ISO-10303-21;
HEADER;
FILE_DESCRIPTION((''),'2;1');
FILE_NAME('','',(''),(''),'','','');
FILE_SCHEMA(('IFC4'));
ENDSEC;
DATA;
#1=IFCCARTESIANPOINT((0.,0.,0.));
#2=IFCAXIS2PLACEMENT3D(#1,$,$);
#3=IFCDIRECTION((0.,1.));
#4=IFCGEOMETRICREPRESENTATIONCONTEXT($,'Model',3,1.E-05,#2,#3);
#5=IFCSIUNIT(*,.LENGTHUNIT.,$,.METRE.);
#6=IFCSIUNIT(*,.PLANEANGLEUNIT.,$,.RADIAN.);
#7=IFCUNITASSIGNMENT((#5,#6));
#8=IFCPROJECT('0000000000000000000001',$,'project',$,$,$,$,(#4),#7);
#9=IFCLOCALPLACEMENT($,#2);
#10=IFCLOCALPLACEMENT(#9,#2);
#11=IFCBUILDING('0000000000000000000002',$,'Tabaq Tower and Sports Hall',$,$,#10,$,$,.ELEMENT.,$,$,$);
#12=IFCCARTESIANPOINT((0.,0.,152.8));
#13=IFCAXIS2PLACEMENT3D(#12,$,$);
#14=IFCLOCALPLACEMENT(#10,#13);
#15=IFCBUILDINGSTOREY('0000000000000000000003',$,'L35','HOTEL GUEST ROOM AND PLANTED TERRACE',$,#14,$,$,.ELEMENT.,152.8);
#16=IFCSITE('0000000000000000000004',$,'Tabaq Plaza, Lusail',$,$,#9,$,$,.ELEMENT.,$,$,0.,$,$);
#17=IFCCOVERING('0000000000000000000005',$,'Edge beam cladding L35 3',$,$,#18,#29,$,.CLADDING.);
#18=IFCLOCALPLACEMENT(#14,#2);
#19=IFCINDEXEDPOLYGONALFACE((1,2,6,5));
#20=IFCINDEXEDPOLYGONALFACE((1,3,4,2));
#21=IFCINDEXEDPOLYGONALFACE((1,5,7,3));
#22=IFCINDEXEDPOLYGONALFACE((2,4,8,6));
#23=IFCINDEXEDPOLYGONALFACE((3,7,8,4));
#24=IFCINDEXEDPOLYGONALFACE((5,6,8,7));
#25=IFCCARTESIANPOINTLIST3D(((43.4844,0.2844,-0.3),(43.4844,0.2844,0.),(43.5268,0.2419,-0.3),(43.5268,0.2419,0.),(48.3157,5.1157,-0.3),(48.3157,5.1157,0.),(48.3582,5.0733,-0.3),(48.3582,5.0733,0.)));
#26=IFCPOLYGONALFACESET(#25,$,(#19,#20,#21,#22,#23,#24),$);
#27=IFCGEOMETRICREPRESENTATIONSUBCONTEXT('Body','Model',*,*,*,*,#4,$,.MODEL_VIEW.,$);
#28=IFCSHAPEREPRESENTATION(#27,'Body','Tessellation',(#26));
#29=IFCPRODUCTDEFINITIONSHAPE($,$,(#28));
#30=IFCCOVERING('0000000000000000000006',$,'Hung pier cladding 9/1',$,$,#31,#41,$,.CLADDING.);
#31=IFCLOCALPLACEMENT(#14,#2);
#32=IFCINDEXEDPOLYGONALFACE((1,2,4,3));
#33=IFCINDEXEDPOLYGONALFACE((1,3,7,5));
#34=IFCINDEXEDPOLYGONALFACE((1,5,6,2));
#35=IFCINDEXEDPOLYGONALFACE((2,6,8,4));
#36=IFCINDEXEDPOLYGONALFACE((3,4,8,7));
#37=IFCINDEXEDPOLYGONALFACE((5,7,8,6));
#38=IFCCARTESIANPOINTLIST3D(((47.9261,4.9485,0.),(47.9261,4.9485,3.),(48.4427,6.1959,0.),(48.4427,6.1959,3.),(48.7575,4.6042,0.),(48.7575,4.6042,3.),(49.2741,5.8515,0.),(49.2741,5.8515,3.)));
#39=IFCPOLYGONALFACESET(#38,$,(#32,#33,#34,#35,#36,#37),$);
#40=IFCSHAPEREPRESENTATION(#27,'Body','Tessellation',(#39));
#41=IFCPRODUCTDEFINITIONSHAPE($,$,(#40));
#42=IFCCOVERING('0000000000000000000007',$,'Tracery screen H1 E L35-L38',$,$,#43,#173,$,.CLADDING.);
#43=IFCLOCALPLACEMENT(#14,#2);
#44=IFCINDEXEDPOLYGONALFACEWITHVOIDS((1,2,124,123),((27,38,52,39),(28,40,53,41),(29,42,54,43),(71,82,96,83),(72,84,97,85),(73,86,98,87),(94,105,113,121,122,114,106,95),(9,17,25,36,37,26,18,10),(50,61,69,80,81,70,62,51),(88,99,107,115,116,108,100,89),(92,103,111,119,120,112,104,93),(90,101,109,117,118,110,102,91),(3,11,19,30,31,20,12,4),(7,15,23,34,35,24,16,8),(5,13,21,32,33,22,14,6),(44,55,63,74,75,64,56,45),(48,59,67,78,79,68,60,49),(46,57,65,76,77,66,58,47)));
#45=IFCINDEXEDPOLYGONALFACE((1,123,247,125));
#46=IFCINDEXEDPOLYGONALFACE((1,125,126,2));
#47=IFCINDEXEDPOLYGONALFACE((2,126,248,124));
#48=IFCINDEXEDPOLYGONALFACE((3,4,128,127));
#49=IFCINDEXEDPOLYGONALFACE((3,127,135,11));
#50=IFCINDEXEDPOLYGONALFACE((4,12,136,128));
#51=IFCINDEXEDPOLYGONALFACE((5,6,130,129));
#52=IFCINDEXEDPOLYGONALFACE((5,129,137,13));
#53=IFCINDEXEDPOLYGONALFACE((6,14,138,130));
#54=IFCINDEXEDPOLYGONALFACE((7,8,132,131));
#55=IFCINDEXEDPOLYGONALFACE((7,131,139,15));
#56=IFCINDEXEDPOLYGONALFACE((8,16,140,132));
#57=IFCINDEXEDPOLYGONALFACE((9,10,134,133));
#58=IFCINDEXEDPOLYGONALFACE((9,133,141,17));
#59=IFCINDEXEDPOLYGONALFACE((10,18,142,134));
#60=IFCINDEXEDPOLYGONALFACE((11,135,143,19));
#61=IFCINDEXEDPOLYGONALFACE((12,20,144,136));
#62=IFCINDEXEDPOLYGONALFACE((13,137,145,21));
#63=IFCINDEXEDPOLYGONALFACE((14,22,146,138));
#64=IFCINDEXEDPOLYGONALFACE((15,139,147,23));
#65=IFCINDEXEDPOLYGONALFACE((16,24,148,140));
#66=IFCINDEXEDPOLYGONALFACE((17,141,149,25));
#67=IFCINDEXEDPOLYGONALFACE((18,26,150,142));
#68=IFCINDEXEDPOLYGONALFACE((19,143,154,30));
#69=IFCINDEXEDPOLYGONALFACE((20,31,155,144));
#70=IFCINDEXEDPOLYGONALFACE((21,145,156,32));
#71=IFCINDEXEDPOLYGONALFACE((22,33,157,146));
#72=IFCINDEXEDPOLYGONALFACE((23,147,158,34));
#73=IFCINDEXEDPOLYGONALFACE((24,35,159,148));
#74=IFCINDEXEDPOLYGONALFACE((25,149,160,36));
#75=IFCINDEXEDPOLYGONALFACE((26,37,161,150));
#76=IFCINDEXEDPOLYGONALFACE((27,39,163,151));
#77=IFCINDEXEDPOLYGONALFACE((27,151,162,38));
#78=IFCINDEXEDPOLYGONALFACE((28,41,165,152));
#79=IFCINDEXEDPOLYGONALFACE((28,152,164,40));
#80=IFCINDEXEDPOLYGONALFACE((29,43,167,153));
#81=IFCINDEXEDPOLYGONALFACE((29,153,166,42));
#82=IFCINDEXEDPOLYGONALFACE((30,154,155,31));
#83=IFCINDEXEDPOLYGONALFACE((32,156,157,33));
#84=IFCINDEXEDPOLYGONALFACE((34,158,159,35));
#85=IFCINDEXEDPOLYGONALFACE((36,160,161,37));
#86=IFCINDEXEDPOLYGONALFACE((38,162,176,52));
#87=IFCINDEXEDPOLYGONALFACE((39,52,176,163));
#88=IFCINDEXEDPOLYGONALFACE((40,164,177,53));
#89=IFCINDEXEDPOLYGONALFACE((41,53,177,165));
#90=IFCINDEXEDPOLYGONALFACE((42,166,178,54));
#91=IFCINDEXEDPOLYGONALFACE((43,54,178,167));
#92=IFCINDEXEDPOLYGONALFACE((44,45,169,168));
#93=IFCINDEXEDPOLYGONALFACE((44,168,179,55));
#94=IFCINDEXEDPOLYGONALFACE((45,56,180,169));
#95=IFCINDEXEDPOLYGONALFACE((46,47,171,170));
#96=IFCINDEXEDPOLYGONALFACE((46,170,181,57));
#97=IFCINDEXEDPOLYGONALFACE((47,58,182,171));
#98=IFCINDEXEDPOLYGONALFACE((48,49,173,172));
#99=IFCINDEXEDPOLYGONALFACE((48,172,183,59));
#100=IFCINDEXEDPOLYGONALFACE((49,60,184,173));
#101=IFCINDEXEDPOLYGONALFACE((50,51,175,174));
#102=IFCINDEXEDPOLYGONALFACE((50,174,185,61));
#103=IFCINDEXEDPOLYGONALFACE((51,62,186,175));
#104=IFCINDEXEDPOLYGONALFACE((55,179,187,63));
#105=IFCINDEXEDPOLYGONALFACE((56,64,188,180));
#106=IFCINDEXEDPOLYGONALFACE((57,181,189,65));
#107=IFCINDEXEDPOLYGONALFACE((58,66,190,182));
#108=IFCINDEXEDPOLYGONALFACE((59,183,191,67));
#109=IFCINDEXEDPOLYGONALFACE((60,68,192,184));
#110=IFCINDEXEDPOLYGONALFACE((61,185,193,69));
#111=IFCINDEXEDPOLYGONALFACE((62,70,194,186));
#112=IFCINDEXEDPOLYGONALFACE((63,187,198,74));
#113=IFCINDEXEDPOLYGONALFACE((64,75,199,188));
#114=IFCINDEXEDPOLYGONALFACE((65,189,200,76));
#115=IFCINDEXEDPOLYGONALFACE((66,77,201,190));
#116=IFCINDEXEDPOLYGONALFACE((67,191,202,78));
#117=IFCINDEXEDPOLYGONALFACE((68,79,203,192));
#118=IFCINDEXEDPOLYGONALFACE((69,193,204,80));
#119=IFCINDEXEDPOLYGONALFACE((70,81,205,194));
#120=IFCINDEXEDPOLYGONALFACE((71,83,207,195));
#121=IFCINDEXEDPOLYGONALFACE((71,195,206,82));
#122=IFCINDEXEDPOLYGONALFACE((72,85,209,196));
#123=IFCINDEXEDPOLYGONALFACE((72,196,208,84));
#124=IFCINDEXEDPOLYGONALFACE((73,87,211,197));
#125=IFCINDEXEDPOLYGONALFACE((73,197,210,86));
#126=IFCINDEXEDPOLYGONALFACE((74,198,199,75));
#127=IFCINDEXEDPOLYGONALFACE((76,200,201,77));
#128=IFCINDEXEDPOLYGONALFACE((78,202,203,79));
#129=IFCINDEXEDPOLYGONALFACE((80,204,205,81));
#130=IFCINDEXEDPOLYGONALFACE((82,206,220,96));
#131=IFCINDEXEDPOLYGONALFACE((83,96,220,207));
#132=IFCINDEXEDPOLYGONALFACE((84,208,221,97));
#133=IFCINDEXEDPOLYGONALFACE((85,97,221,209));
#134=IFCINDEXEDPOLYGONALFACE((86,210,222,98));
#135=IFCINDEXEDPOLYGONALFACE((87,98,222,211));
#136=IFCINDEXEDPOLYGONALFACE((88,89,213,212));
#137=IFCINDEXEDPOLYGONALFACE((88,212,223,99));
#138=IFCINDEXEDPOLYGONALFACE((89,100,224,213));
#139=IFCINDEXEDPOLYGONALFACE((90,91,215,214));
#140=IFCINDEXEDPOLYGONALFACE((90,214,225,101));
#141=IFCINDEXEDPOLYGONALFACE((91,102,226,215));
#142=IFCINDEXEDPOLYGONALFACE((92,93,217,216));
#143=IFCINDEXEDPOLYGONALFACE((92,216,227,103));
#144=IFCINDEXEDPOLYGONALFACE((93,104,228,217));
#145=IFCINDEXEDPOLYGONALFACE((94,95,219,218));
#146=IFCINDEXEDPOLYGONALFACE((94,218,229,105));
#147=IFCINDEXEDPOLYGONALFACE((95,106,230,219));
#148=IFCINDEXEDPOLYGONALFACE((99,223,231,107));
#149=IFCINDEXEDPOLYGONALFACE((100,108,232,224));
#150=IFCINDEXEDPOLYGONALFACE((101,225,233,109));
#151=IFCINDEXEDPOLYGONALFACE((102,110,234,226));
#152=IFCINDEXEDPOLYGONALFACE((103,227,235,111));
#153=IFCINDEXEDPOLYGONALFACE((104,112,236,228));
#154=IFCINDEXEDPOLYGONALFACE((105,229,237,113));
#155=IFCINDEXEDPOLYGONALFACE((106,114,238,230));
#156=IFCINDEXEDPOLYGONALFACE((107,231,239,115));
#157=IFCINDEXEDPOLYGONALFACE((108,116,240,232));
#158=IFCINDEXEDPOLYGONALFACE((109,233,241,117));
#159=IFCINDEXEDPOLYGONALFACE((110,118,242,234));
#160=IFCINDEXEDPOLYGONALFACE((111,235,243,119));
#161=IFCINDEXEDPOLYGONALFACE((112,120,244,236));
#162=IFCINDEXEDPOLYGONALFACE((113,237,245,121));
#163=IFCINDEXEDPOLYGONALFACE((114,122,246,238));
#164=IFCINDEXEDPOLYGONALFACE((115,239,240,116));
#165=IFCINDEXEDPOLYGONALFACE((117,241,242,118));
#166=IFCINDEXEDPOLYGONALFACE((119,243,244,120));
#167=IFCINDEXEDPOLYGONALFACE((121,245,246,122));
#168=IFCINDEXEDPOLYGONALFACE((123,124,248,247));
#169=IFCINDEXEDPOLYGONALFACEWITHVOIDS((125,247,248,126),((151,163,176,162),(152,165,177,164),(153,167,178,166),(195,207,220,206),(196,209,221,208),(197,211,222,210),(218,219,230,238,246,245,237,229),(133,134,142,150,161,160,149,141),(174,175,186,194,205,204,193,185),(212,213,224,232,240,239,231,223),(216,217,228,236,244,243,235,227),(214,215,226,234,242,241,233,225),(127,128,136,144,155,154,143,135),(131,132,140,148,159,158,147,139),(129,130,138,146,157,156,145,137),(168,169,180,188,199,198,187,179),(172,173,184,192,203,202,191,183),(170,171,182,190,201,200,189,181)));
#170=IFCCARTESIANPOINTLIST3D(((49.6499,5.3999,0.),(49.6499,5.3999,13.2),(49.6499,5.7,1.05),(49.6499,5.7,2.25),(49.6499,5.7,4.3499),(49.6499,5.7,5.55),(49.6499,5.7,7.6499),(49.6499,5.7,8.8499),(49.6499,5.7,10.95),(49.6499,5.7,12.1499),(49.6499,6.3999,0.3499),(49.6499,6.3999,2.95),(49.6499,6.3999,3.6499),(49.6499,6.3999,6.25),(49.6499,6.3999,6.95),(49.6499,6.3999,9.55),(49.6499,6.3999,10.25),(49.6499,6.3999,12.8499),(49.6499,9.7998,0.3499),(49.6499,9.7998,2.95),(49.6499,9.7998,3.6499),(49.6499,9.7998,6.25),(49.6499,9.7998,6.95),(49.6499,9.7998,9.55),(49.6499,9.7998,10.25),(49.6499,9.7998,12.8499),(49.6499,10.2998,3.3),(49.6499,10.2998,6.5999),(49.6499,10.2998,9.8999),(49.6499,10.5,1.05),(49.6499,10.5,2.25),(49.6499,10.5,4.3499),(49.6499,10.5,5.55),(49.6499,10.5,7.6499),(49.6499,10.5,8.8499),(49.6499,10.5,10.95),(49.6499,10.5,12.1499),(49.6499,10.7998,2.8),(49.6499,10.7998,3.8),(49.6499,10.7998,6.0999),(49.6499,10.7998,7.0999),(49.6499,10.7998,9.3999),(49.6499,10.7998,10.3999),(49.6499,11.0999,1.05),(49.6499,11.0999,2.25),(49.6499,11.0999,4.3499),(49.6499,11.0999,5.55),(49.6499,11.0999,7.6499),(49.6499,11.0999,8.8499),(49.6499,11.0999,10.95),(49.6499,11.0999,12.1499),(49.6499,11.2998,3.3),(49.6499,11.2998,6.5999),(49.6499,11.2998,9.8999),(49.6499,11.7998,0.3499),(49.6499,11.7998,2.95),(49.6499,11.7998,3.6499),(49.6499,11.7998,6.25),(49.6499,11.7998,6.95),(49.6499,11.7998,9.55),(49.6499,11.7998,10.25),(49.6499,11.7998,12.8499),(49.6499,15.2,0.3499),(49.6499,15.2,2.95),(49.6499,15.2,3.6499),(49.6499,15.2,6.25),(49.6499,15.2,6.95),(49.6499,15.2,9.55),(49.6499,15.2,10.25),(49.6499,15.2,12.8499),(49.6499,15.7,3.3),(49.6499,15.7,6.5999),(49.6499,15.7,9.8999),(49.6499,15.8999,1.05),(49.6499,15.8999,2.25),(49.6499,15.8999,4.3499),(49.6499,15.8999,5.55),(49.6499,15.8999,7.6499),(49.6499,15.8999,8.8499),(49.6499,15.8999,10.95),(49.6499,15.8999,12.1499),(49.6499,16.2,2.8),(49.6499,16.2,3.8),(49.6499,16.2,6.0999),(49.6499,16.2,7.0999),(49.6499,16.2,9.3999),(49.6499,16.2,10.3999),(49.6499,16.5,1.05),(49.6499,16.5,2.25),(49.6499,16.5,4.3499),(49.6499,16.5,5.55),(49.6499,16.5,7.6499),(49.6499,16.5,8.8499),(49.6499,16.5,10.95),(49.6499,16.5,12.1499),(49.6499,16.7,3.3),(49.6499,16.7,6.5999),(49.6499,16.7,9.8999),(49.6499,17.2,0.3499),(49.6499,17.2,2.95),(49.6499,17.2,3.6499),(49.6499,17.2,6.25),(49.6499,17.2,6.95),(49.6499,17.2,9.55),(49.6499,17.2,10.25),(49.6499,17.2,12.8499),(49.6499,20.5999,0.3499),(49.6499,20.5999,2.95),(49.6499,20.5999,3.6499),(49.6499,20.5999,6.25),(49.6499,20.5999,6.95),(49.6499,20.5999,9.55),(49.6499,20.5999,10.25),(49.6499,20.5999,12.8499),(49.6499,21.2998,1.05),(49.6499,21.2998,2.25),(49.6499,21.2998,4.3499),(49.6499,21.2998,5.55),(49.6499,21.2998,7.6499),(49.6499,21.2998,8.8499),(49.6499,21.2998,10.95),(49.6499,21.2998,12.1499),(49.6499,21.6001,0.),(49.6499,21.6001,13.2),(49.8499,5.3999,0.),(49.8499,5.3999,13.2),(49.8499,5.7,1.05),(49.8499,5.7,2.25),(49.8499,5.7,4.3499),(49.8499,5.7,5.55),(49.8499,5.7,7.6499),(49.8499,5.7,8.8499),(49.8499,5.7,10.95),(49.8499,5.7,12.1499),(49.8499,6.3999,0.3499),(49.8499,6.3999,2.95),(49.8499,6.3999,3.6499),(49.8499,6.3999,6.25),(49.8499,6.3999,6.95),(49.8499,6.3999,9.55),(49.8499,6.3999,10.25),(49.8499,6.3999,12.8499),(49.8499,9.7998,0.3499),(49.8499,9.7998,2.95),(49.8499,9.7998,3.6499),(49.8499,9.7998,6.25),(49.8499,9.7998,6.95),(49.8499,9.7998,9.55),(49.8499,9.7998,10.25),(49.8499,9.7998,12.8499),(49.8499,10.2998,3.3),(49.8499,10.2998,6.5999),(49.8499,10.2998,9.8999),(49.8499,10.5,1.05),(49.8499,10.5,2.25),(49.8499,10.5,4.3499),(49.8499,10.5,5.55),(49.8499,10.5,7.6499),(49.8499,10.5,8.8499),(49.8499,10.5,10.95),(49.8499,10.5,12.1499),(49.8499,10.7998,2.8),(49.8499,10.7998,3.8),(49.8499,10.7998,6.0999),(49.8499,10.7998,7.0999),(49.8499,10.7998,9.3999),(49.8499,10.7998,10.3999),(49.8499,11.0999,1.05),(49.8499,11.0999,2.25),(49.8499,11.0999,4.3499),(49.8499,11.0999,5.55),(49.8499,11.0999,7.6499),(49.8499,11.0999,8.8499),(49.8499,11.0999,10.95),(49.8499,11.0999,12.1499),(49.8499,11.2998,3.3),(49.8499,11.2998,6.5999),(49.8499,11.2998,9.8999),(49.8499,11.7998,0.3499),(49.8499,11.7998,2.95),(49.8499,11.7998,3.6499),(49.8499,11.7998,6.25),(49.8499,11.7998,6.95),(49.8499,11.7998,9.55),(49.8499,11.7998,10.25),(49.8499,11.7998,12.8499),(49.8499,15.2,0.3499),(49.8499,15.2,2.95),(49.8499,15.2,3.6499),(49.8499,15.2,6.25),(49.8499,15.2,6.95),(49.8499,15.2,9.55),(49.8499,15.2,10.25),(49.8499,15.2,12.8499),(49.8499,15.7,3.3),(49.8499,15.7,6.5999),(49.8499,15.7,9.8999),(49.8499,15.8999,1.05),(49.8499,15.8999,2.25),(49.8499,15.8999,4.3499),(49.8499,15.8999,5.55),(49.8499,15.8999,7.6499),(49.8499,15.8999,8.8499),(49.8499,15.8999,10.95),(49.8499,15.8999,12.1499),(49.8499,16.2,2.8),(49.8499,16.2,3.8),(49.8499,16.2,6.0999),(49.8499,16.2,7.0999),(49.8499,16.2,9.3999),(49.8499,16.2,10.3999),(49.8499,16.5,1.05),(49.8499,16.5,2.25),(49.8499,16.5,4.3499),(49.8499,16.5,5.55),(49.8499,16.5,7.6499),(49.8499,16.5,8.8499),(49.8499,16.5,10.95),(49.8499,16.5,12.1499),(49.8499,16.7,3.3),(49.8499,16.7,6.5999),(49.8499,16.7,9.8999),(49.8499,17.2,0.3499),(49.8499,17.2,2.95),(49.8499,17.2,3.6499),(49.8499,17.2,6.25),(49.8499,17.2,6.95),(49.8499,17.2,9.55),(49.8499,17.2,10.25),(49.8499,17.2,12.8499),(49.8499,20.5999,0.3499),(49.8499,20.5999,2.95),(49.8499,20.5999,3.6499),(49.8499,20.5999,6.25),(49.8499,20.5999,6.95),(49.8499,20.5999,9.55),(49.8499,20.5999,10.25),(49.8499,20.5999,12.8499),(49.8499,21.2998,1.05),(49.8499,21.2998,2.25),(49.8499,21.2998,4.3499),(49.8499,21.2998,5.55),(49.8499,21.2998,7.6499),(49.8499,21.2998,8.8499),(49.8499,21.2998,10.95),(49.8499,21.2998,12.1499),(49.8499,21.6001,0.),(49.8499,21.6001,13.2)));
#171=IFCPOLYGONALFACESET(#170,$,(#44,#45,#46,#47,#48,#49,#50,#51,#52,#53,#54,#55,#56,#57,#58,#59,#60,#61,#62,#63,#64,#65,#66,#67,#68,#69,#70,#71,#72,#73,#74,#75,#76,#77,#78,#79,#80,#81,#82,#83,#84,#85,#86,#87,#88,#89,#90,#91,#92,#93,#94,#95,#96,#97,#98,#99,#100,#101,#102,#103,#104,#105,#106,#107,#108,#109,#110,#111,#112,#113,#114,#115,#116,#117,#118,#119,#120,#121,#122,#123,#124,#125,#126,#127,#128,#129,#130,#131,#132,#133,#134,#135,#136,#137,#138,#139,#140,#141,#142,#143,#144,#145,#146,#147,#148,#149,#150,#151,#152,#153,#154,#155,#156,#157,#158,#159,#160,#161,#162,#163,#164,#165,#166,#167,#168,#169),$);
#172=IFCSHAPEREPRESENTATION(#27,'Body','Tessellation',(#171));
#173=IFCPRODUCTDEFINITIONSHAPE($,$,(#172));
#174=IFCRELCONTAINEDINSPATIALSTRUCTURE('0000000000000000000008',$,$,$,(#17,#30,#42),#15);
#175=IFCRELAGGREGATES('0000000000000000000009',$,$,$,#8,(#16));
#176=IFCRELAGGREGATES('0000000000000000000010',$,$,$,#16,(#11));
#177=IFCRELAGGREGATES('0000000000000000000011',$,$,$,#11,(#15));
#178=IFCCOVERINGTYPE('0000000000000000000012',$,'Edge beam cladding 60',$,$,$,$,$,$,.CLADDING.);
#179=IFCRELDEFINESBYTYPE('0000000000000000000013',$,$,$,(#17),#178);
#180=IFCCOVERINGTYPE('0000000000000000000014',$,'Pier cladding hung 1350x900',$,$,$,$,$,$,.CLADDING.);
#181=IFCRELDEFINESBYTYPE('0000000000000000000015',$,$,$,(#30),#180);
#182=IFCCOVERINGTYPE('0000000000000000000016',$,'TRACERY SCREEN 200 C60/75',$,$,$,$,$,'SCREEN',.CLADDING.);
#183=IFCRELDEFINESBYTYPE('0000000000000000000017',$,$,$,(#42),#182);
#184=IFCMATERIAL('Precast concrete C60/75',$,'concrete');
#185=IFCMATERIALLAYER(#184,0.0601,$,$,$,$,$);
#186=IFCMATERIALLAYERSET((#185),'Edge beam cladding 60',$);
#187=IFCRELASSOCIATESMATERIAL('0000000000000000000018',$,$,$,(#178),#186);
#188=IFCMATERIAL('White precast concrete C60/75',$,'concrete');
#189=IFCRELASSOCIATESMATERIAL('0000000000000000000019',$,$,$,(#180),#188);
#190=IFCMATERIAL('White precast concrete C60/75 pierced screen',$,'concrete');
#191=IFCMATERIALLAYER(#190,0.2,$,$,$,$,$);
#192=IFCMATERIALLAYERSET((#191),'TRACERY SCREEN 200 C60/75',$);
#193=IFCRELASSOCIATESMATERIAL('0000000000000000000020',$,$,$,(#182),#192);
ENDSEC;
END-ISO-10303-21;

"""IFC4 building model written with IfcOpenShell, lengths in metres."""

from ifc_helpers import new_model, si_unit, direction, frame, frame_2d, origin, place, context, subcontext, project, spatial, polyline, rectangle, outline, extrude, material, layer, layer_set, type_object, element, save


model = new_model("IFC4")

# Units and contexts
model_context = context("Model", 3, precision=1e-05, world=origin(), true_north=direction((0.0, 1.0)))
body_context = subcontext(model_context, "Body", "Model", "MODEL_VIEW")
ifc_project = project(units=[si_unit("LENGTHUNIT", "METRE"), si_unit("PLANEANGLEUNIT", "RADIAN")], contexts=[model_context])

# Site, building, storey
site_placement = place(None, origin())
site = spatial("IfcSite", under=ifc_project, at=site_placement, Name="Tabaq Plaza, Lusail", CompositionType="ELEMENT", RefElevation=0.0)
building_placement = place(site_placement, origin())
building = spatial("IfcBuilding", under=site, at=building_placement, Name="Tabaq Tower and Sports Hall", CompositionType="ELEMENT")
storey_placement = place(building_placement, frame((0.0, 0.0, 152.8)))
storey = spatial("IfcBuildingStorey", under=building, at=storey_placement, Name="L35", Description="HOTEL GUEST ROOM AND PLANTED TERRACE", CompositionType="ELEMENT", Elevation=152.8)

# Coverings
ifc_material_1 = material(Name="Precast concrete C60/75", Category="concrete")
ifc_layer_1 = layer(ifc_material_1, 0.0601)
ifc_layer_set_1 = layer_set([ifc_layer_1], Name="Edge beam cladding 60")
covering_type_1 = type_object("IfcCoveringType", Name="Edge beam cladding 60", PredefinedType="CLADDING", material=ifc_layer_set_1)
covering_1_placement = place(storey_placement, frame((43.5056, 0.2632, -0.3), z_axis=(0.0, 0.0, 1.0), x_axis=(0.707107, 0.707107, 0.0)))
element("IfcCovering", 1, at=covering_1_placement, inside=storey, type_object=covering_type_1, Name="Edge beam cladding L35 3", PredefinedType="CLADDING", context=body_context, shape_type="SweptSolid", body=[
    extrude(rectangle(XDim=6.8325, YDim=0.0601, at=frame_2d((3.4163, 0.0))), origin(), (0.0, 0.0, 1.0), 0.3),
])
ifc_material_2 = material(Name="White precast concrete C60/75", Category="concrete")
covering_type_2 = type_object("IfcCoveringType", Name="Pier cladding hung 1350x900", PredefinedType="CLADDING", material=ifc_material_2)
covering_2_placement = place(storey_placement, frame((48.3418, 4.7764, 0.0), z_axis=(0.0, 0.0, 1.0), x_axis=(0.38265, 0.923893, 0.0)))
element("IfcCovering", 2, at=covering_2_placement, inside=storey, type_object=covering_type_2, Name="Hung pier cladding 9/1", PredefinedType="CLADDING", context=body_context, shape_type="SweptSolid", body=[
    extrude(rectangle(XDim=1.3501, YDim=0.8999, at=frame_2d((0.675, 0.0))), origin(), (0.0, 0.0, 1.0), 3.0),
])
ifc_material_3 = material(Name="White precast concrete C60/75 pierced screen", Category="concrete")
ifc_layer_2 = layer(ifc_material_3, 0.2)
ifc_layer_set_2 = layer_set([ifc_layer_2], Name="TRACERY SCREEN 200 C60/75")
covering_type_3 = type_object("IfcCoveringType", Name="TRACERY SCREEN 200 C60/75", ElementType="SCREEN", PredefinedType="CLADDING", material=ifc_layer_set_2)
covering_3_placement = place(storey_placement, frame((49.75, 5.3999, 0.0), z_axis=(0.0, 0.0, 1.0), x_axis=(0.0, 1.0, 0.0)))
element("IfcCovering", 3, at=covering_3_placement, inside=storey, type_object=covering_type_3, Name="Tracery screen H1 E L35-L38", PredefinedType="CLADDING", context=body_context, shape_type="SweptSolid", body=[
    extrude(outline(polyline([(0.0, 0.0), (16.2002, 0.0), (16.2002, 13.2), (0.0, 13.2), (0.0, 0.0)]), holes=[polyline([(1.0, 0.3499), (4.3999, 0.3499), (5.1001, 1.05), (5.1001, 2.25), (4.3999, 2.95), (1.0, 2.95), (0.3, 2.25), (0.3, 1.05), (1.0, 0.3499)]), polyline([(6.3999, 0.3499), (9.8, 0.3499), (10.5, 1.05), (10.5, 2.25), (9.8, 2.95), (6.3999, 2.95), (5.7, 2.25), (5.7, 1.05), (6.3999, 0.3499)]), polyline([(11.8, 0.3499), (15.2, 0.3499), (15.8999, 1.05), (15.8999, 2.25), (15.2, 2.95), (11.8, 2.95), (11.1001, 2.25), (11.1001, 1.05), (11.8, 0.3499)]), polyline([(1.0, 3.6499), (4.3999, 3.6499), (5.1001, 4.3499), (5.1001, 5.55), (4.3999, 6.25), (1.0, 6.25), (0.3, 5.55), (0.3, 4.3499), (1.0, 3.6499)]), polyline([(6.3999, 3.6499), (9.8, 3.6499), (10.5, 4.3499), (10.5, 5.55), (9.8, 6.25), (6.3999, 6.25), (5.7, 5.55), (5.7, 4.3499), (6.3999, 3.6499)]), polyline([(11.8, 3.6499), (15.2, 3.6499), (15.8999, 4.3499), (15.8999, 5.55), (15.2, 6.25), (11.8, 6.25), (11.1001, 5.55), (11.1001, 4.3499), (11.8, 3.6499)]), polyline([(1.0, 6.95), (4.3999, 6.95), (5.1001, 7.6499), (5.1001, 8.8499), (4.3999, 9.55), (1.0, 9.55), (0.3, 8.8499), (0.3, 7.6499), (1.0, 6.95)]), polyline([(6.3999, 6.95), (9.8, 6.95), (10.5, 7.6499), (10.5, 8.8499), (9.8, 9.55), (6.3999, 9.55), (5.7, 8.8499), (5.7, 7.6499), (6.3999, 6.95)]), polyline([(11.8, 6.95), (15.2, 6.95), (15.8999, 7.6499), (15.8999, 8.8499), (15.2, 9.55), (11.8, 9.55), (11.1001, 8.8499), (11.1001, 7.6499), (11.8, 6.95)]), polyline([(1.0, 10.25), (4.3999, 10.25), (5.1001, 10.95), (5.1001, 12.1499), (4.3999, 12.8499), (1.0, 12.8499), (0.3, 12.1499), (0.3, 10.95), (1.0, 10.25)]), polyline([(6.3999, 10.25), (9.8, 10.25), (10.5, 10.95), (10.5, 12.1499), (9.8, 12.8499), (6.3999, 12.8499), (5.7, 12.1499), (5.7, 10.95), (6.3999, 10.25)]), polyline([(11.8, 10.25), (15.2, 10.25), (15.8999, 10.95), (15.8999, 12.1499), (15.2, 12.8499), (11.8, 12.8499), (11.1001, 12.1499), (11.1001, 10.95), (11.8, 10.25)]), polyline([(5.8999, 3.3), (5.3999, 3.8), (4.8999, 3.3), (5.3999, 2.8), (5.8999, 3.3)]), polyline([(11.3, 3.3), (10.8, 3.8), (10.3, 3.3), (10.8, 2.8), (11.3, 3.3)]), polyline([(5.8999, 6.5999), (5.3999, 7.0999), (4.8999, 6.5999), (5.3999, 6.0999), (5.8999, 6.5999)]), polyline([(11.3, 6.5999), (10.8, 7.0999), (10.3, 6.5999), (10.8, 6.0999), (11.3, 6.5999)]), polyline([(5.8999, 9.8999), (5.3999, 10.3999), (4.8999, 9.8999), (5.3999, 9.3999), (5.8999, 9.8999)]), polyline([(11.3, 9.8999), (10.8, 10.3999), (10.3, 9.8999), (10.8, 9.3999), (11.3, 9.8999)])]), frame((0.0, 0.1001, 0.0), z_axis=(0.0, -1.0, 0.0), x_axis=(1.0, 0.0, 0.0)), (0.0, 0.0, 1.0), 0.2),
])

save(model, "model.ifc")
